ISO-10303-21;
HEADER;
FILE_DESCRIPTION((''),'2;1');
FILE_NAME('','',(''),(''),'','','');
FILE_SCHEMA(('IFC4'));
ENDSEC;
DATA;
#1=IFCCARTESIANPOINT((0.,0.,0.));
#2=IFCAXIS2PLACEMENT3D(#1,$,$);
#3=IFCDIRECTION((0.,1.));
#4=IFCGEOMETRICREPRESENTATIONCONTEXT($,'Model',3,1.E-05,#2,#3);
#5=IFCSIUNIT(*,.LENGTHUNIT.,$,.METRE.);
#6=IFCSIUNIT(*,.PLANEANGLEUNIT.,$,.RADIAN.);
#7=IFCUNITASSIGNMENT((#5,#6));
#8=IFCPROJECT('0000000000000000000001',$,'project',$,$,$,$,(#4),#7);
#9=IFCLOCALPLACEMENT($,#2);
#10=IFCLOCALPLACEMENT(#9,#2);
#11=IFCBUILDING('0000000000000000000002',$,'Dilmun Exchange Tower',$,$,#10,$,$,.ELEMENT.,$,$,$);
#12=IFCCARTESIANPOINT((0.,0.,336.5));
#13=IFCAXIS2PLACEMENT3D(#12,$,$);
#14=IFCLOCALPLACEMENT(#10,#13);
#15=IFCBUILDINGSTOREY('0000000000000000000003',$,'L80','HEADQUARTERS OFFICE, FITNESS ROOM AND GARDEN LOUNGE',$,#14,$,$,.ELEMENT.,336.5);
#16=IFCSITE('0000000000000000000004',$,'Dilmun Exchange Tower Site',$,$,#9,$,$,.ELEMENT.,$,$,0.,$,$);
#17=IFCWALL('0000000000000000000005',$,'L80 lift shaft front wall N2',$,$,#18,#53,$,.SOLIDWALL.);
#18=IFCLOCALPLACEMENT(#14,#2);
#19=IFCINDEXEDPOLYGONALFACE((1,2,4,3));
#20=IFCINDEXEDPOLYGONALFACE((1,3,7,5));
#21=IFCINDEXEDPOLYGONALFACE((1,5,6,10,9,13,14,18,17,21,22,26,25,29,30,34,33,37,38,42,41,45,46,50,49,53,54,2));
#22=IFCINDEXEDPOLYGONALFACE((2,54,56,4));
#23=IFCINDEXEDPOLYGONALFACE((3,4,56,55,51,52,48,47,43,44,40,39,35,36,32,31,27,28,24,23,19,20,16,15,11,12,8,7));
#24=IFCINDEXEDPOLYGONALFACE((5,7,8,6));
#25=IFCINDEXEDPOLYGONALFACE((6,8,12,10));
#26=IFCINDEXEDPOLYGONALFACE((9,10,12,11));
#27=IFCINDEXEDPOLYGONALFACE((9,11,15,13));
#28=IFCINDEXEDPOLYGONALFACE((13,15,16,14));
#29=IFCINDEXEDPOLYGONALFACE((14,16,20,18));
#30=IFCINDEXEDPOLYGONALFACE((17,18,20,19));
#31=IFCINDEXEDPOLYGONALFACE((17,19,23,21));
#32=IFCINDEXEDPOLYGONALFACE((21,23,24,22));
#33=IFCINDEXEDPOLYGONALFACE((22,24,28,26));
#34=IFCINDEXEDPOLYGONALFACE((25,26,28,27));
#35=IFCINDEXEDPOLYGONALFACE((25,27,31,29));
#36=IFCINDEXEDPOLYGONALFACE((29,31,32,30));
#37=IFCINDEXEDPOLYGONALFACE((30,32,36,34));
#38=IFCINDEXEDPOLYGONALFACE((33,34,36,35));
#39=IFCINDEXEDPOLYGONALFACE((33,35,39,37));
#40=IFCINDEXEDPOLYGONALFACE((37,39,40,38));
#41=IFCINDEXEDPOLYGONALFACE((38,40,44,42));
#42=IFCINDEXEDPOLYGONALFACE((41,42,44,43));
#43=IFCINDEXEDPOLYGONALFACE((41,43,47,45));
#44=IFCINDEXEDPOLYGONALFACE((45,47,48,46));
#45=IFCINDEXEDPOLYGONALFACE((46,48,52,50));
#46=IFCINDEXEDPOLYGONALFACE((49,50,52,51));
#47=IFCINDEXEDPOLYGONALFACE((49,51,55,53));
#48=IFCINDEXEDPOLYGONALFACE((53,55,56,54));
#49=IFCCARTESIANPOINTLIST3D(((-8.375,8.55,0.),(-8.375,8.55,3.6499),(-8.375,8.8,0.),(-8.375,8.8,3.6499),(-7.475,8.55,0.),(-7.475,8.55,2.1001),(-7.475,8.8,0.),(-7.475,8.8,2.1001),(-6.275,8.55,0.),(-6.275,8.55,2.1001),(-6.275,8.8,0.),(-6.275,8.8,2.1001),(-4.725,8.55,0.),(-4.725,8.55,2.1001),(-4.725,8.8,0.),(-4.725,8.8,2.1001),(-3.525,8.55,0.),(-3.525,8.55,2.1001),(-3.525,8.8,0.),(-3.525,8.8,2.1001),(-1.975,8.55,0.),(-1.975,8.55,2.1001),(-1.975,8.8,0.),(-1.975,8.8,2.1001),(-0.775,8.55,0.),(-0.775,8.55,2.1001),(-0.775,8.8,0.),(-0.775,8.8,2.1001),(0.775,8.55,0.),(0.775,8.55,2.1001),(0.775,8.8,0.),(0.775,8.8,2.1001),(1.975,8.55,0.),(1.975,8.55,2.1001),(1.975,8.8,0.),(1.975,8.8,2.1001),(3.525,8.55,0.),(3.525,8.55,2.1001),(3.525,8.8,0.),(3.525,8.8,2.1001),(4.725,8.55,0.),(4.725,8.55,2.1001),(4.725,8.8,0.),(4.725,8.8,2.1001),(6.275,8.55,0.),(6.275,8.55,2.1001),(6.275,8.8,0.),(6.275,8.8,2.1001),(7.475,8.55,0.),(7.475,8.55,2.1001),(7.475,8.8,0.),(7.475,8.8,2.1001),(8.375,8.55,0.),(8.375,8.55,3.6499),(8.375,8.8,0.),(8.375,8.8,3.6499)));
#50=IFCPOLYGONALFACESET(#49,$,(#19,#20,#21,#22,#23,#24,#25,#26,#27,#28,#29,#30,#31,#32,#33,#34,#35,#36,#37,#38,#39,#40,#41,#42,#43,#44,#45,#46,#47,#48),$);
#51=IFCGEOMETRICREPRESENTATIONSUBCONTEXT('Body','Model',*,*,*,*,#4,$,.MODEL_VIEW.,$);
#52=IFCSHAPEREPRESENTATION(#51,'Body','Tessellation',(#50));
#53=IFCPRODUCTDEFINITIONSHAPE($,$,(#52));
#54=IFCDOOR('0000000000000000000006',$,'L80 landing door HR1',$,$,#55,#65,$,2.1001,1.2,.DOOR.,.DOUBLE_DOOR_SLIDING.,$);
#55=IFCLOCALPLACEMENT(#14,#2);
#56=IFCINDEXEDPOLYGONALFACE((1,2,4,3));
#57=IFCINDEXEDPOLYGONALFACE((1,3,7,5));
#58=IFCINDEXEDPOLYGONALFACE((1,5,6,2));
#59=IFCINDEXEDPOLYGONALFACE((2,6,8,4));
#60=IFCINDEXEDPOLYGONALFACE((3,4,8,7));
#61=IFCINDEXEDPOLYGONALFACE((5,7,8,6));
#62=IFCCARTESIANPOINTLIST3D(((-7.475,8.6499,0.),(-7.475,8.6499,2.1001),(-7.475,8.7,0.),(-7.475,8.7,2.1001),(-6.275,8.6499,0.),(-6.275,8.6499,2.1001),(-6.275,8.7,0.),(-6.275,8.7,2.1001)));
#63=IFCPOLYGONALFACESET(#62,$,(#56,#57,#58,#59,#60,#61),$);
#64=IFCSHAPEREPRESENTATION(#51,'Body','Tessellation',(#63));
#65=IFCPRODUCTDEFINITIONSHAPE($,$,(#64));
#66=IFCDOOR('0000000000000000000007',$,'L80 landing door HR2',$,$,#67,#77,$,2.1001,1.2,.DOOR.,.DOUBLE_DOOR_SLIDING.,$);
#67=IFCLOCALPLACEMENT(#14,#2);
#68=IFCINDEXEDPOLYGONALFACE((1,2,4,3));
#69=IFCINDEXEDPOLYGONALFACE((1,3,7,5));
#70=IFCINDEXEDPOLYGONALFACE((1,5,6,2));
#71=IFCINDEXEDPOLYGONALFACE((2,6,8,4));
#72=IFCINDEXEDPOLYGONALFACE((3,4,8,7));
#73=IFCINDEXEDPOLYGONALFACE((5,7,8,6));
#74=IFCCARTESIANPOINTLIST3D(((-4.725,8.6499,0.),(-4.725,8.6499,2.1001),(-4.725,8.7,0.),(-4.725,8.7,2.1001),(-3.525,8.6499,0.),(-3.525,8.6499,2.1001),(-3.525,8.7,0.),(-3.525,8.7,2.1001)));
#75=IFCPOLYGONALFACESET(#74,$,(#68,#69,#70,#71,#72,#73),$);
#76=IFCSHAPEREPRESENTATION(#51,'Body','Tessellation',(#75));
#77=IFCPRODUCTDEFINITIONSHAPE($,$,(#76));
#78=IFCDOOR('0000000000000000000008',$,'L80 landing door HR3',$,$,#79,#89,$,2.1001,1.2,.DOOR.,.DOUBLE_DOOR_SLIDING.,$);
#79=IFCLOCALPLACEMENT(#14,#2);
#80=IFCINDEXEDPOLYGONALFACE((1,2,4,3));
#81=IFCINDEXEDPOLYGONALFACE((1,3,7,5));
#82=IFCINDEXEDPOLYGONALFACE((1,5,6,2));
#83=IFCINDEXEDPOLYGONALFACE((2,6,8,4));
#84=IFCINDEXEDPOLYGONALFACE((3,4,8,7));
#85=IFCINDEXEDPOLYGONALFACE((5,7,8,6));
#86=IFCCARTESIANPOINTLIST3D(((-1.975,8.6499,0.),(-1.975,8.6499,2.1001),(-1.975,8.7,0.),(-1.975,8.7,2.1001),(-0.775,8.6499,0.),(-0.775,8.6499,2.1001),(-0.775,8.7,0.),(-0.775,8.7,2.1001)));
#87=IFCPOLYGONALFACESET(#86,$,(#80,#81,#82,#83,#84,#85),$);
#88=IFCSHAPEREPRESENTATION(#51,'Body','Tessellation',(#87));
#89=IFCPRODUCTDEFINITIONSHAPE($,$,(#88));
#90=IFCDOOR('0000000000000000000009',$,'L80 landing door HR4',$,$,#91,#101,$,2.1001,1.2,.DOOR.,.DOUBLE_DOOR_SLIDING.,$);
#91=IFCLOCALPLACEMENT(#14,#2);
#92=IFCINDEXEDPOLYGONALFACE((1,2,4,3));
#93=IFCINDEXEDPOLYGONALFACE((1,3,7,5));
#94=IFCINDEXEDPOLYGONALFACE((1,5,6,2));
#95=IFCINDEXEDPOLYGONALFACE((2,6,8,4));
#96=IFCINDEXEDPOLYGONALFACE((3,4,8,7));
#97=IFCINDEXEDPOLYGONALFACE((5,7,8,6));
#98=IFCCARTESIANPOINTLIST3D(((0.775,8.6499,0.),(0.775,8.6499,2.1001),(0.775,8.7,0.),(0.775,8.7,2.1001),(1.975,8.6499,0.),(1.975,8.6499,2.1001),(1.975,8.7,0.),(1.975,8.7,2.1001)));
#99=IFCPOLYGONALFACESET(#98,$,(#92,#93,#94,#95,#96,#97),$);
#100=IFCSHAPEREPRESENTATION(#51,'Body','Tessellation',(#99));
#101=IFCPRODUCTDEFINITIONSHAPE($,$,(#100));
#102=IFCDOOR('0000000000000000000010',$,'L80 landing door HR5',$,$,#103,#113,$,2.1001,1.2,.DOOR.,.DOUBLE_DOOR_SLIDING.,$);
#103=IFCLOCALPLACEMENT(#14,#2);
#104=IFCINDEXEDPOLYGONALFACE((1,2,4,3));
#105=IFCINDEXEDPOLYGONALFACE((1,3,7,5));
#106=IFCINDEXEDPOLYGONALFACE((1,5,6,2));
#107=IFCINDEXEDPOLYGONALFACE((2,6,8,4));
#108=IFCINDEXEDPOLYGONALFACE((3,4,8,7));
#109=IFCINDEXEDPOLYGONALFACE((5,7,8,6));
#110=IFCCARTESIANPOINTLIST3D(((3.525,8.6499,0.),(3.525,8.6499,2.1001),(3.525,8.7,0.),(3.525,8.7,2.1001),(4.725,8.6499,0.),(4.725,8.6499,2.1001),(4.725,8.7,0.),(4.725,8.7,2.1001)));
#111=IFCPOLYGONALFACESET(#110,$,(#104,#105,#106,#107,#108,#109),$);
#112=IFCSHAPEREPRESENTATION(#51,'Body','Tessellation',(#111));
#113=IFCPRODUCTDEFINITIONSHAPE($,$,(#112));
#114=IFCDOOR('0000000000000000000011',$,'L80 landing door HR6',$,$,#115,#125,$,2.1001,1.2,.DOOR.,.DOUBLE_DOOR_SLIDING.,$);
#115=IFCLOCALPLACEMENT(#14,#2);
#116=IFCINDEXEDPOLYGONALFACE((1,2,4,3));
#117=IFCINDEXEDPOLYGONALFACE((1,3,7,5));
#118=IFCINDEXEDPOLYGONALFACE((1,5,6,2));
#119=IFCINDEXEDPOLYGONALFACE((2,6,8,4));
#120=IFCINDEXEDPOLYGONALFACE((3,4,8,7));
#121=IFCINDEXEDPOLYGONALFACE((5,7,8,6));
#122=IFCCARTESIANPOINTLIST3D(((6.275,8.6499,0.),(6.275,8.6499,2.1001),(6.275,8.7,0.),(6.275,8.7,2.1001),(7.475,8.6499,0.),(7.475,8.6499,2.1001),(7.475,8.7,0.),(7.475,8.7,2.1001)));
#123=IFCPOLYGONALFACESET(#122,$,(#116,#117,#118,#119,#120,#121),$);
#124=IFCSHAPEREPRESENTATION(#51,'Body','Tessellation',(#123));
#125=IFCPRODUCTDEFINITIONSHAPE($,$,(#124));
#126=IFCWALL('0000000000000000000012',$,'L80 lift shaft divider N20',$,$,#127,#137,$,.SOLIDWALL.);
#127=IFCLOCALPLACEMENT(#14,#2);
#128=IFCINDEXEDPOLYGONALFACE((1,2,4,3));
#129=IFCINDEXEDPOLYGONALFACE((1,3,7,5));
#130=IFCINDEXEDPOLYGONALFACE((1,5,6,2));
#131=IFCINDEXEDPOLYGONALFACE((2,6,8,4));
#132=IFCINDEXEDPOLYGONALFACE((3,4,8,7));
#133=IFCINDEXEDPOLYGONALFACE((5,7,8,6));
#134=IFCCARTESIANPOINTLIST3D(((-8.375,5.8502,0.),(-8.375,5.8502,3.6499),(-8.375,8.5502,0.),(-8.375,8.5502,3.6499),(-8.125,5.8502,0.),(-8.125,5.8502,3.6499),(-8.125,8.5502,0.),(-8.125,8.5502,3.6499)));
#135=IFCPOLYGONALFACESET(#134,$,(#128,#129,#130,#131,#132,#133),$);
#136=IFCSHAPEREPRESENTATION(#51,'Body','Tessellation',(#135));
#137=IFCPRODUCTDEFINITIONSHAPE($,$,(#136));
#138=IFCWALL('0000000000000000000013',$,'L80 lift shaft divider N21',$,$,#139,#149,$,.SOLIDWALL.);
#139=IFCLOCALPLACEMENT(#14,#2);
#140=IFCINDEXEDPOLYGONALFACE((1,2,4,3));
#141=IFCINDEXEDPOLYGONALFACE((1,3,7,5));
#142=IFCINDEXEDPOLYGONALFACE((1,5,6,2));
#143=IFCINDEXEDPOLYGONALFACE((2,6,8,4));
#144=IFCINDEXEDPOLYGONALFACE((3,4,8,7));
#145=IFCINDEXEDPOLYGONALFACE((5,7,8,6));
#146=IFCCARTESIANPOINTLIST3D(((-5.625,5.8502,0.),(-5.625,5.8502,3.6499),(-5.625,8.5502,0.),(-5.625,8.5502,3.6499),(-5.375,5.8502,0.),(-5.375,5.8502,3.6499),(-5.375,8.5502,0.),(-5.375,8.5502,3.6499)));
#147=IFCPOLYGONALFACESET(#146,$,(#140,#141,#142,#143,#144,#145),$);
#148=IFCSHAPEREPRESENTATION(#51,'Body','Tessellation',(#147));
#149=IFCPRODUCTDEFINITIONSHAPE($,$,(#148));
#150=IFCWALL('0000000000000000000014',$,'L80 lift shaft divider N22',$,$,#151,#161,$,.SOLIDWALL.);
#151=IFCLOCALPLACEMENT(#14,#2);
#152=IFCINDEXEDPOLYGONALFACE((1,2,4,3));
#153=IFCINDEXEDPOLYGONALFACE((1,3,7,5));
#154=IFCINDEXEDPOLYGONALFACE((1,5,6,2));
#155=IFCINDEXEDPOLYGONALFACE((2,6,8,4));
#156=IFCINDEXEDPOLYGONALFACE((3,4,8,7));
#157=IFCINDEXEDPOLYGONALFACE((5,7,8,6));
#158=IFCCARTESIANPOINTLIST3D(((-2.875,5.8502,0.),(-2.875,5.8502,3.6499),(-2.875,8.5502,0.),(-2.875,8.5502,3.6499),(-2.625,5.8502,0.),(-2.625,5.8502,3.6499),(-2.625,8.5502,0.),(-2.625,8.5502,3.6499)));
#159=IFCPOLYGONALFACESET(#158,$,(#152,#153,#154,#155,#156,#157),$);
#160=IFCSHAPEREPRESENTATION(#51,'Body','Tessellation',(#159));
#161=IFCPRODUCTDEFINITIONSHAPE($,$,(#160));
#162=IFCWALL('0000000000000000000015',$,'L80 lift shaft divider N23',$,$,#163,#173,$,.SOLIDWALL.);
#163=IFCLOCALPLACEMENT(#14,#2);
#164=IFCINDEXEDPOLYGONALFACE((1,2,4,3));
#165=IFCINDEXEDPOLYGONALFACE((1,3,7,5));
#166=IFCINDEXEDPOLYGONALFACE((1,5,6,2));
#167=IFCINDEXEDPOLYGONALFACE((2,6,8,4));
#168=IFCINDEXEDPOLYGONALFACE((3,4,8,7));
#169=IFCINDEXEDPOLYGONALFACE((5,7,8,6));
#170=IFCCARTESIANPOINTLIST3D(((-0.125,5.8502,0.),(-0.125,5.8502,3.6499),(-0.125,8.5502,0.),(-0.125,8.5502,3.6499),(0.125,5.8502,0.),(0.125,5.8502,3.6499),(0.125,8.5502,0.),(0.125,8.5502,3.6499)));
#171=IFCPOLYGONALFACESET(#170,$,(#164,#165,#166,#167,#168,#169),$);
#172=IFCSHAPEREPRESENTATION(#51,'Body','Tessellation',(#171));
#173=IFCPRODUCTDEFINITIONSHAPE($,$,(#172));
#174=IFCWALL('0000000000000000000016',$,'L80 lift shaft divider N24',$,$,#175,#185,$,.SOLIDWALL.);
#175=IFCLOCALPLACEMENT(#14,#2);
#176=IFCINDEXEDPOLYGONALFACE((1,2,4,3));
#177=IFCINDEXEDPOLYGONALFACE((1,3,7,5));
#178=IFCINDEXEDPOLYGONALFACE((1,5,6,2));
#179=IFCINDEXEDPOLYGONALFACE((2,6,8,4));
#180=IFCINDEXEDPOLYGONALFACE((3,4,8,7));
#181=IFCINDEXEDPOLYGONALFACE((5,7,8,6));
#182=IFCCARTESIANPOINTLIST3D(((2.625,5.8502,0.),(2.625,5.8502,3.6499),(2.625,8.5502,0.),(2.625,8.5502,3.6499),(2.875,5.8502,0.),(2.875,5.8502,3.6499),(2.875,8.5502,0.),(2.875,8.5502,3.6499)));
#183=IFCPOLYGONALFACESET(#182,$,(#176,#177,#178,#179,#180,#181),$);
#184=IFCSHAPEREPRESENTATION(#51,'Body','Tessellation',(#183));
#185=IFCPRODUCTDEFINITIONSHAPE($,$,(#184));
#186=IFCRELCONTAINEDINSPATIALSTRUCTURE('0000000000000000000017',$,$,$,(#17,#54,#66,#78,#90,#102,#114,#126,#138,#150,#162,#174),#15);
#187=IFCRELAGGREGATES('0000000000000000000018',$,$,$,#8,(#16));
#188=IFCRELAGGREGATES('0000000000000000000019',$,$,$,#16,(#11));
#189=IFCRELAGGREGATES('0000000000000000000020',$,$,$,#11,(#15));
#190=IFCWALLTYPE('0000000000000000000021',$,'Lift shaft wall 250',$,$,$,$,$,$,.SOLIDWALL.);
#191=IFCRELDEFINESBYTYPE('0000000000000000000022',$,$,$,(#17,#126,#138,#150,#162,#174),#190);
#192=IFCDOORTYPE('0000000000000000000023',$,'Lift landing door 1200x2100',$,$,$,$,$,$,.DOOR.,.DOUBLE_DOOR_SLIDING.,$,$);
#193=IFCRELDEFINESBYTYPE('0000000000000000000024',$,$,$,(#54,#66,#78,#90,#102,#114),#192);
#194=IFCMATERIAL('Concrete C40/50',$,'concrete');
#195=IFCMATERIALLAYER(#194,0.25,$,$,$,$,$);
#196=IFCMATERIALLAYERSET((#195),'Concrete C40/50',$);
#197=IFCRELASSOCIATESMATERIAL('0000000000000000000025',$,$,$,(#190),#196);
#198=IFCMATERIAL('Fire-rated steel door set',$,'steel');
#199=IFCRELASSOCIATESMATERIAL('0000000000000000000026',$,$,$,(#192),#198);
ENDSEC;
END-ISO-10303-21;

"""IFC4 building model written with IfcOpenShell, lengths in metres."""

from ifc_helpers import new_model, si_unit, direction, frame, frame_2d, origin, place, context, subcontext, project, spatial, rectangle, extrude, material, layer, layer_set, type_object, element, fill, save


model = new_model("IFC4")

# Units and contexts
model_context = context("Model", 3, precision=1e-05, world=origin(), true_north=direction((0.0, 1.0)))
body_context = subcontext(model_context, "Body", "Model", "MODEL_VIEW")
ifc_project = project(units=[si_unit("LENGTHUNIT", "METRE"), si_unit("PLANEANGLEUNIT", "RADIAN")], contexts=[model_context])

# Site, building, storey
site_placement = place(None, origin())
site = spatial("IfcSite", under=ifc_project, at=site_placement, Name="Dilmun Exchange Tower Site", CompositionType="ELEMENT", RefElevation=0.0)
building_placement = place(site_placement, origin())
building = spatial("IfcBuilding", under=site, at=building_placement, Name="Dilmun Exchange Tower", CompositionType="ELEMENT")
storey_placement = place(building_placement, frame((0.0, 0.0, 336.5)))
storey = spatial("IfcBuildingStorey", under=building, at=storey_placement, Name="L80", Description="HEADQUARTERS OFFICE, FITNESS ROOM AND GARDEN LOUNGE", CompositionType="ELEMENT", Elevation=336.5)

# Shared definitions
ifc_material_1 = material(Name="Concrete C40/50", Category="concrete")

# Shared definitions
ifc_material_2 = material(Name="Fire-rated steel door set", Category="steel")

# Wall, openings, doors
ifc_layer_1 = layer(ifc_material_1, 0.25)
ifc_layer_set_1 = layer_set([ifc_layer_1], Name="Concrete C40/50")
wall_type_1 = type_object("IfcWallType", Name="Lift shaft wall 250", PredefinedType="SOLIDWALL", material=ifc_layer_set_1)
wall_1_placement = place(storey_placement, frame((-8.375, 8.675, 0.0), z_axis=(0.0, 0.0, 1.0), x_axis=(1.0, 0.0, 0.0)))
wall_1 = element("IfcWall", 1, at=wall_1_placement, inside=storey, type_object=wall_type_1, Name="L80 lift shaft front wall N2", PredefinedType="SOLIDWALL", context=body_context, shape_type="SweptSolid", body=[
    extrude(rectangle(XDim=16.75, YDim=0.25, at=frame_2d((8.375, 0.0))), origin(), (0.0, 0.0, 1.0), 3.6499),
])
opening_1_placement = place(wall_1_placement, frame((0.8999, 0.0, 0.0)))
opening_1 = element("IfcOpeningElement", 2, at=opening_1_placement, cuts=wall_1, PredefinedType="OPENING", context=body_context, shape_type="SweptSolid", body=[
    extrude(rectangle(XDim=1.2, YDim=2.1001, at=frame_2d((0.6001, 1.05))), frame((0.0, 0.135, 0.0), z_axis=(0.0, -1.0, 0.0), x_axis=(1.0, 0.0, 0.0)), (0.0, 0.0, 1.0), 0.27),
])
opening_2_placement = place(wall_1_placement, frame((3.6499, 0.0, 0.0)))
opening_2 = element("IfcOpeningElement", 3, at=opening_2_placement, cuts=wall_1, PredefinedType="OPENING", context=body_context, shape_type="SweptSolid", body=[
    extrude(rectangle(XDim=1.2, YDim=2.1001, at=frame_2d((0.6001, 1.05))), frame((0.0, 0.135, 0.0), z_axis=(0.0, -1.0, 0.0), x_axis=(1.0, 0.0, 0.0)), (0.0, 0.0, 1.0), 0.27),
])
opening_3_placement = place(wall_1_placement, frame((6.3999, 0.0, 0.0)))
opening_3 = element("IfcOpeningElement", 4, at=opening_3_placement, cuts=wall_1, PredefinedType="OPENING", context=body_context, shape_type="SweptSolid", body=[
    extrude(rectangle(XDim=1.2, YDim=2.1001, at=frame_2d((0.6001, 1.05))), frame((0.0, 0.135, 0.0), z_axis=(0.0, -1.0, 0.0), x_axis=(1.0, 0.0, 0.0)), (0.0, 0.0, 1.0), 0.27),
])
opening_4_placement = place(wall_1_placement, frame((9.1499, 0.0, 0.0)))
opening_4 = element("IfcOpeningElement", 5, at=opening_4_placement, cuts=wall_1, PredefinedType="OPENING", context=body_context, shape_type="SweptSolid", body=[
    extrude(rectangle(XDim=1.2, YDim=2.1001, at=frame_2d((0.6001, 1.05))), frame((0.0, 0.135, 0.0), z_axis=(0.0, -1.0, 0.0), x_axis=(1.0, 0.0, 0.0)), (0.0, 0.0, 1.0), 0.27),
])
opening_5_placement = place(wall_1_placement, frame((11.8999, 0.0, 0.0)))
opening_5 = element("IfcOpeningElement", 6, at=opening_5_placement, cuts=wall_1, PredefinedType="OPENING", context=body_context, shape_type="SweptSolid", body=[
    extrude(rectangle(XDim=1.2, YDim=2.1001, at=frame_2d((0.6001, 1.05))), frame((0.0, 0.135, 0.0), z_axis=(0.0, -1.0, 0.0), x_axis=(1.0, 0.0, 0.0)), (0.0, 0.0, 1.0), 0.27),
])
opening_6_placement = place(wall_1_placement, frame((14.6499, 0.0, 0.0)))
opening_6 = element("IfcOpeningElement", 7, at=opening_6_placement, cuts=wall_1, PredefinedType="OPENING", context=body_context, shape_type="SweptSolid", body=[
    extrude(rectangle(XDim=1.2, YDim=2.1001, at=frame_2d((0.6001, 1.05))), frame((0.0, 0.135, 0.0), z_axis=(0.0, -1.0, 0.0), x_axis=(1.0, 0.0, 0.0)), (0.0, 0.0, 1.0), 0.27),
])
door_type_1 = type_object("IfcDoorType", Name="Lift landing door 1200x2100", OperationType="DOUBLE_DOOR_SLIDING", PredefinedType="DOOR", material=ifc_material_2)
door_1_placement = place(opening_1_placement, origin())
door_1 = element("IfcDoor", 8, at=door_1_placement, inside=storey, type_object=door_type_1, Name="L80 landing door HR1", OperationType="DOUBLE_DOOR_SLIDING", OverallHeight=2.1001, OverallWidth=1.2, PredefinedType="DOOR", context=body_context, shape_type="SweptSolid", body=[
    extrude(rectangle(XDim=1.2, YDim=2.1001, at=frame_2d((0.6001, 1.05))), frame((0.0, 0.0249, 0.0), z_axis=(0.0, -1.0, 0.0), x_axis=(1.0, 0.0, 0.0)), (0.0, 0.0, 1.0), 0.05),
])
fill(opening_1, door_1)
door_2_placement = place(opening_2_placement, origin())
door_2 = element("IfcDoor", 9, at=door_2_placement, inside=storey, type_object=door_type_1, Name="L80 landing door HR2", OperationType="DOUBLE_DOOR_SLIDING", OverallHeight=2.1001, OverallWidth=1.2, PredefinedType="DOOR", context=body_context, shape_type="SweptSolid", body=[
    extrude(rectangle(XDim=1.2, YDim=2.1001, at=frame_2d((0.6001, 1.05))), frame((0.0, 0.0249, 0.0), z_axis=(0.0, -1.0, 0.0), x_axis=(1.0, 0.0, 0.0)), (0.0, 0.0, 1.0), 0.05),
])
fill(opening_2, door_2)
door_3_placement = place(opening_3_placement, origin())
door_3 = element("IfcDoor", 10, at=door_3_placement, inside=storey, type_object=door_type_1, Name="L80 landing door HR3", OperationType="DOUBLE_DOOR_SLIDING", OverallHeight=2.1001, OverallWidth=1.2, PredefinedType="DOOR", context=body_context, shape_type="SweptSolid", body=[
    extrude(rectangle(XDim=1.2, YDim=2.1001, at=frame_2d((0.6001, 1.05))), frame((0.0, 0.0249, 0.0), z_axis=(0.0, -1.0, 0.0), x_axis=(1.0, 0.0, 0.0)), (0.0, 0.0, 1.0), 0.05),
])
fill(opening_3, door_3)
door_4_placement = place(opening_4_placement, origin())
door_4 = element("IfcDoor", 11, at=door_4_placement, inside=storey, type_object=door_type_1, Name="L80 landing door HR4", OperationType="DOUBLE_DOOR_SLIDING", OverallHeight=2.1001, OverallWidth=1.2, PredefinedType="DOOR", context=body_context, shape_type="SweptSolid", body=[
    extrude(rectangle(XDim=1.2, YDim=2.1001, at=frame_2d((0.6001, 1.05))), frame((0.0, 0.0249, 0.0), z_axis=(0.0, -1.0, 0.0), x_axis=(1.0, 0.0, 0.0)), (0.0, 0.0, 1.0), 0.05),
])
fill(opening_4, door_4)
door_5_placement = place(opening_5_placement, origin())
door_5 = element("IfcDoor", 12, at=door_5_placement, inside=storey, type_object=door_type_1, Name="L80 landing door HR5", OperationType="DOUBLE_DOOR_SLIDING", OverallHeight=2.1001, OverallWidth=1.2, PredefinedType="DOOR", context=body_context, shape_type="SweptSolid", body=[
    extrude(rectangle(XDim=1.2, YDim=2.1001, at=frame_2d((0.6001, 1.05))), frame((0.0, 0.0249, 0.0), z_axis=(0.0, -1.0, 0.0), x_axis=(1.0, 0.0, 0.0)), (0.0, 0.0, 1.0), 0.05),
])
fill(opening_5, door_5)
door_6_placement = place(opening_6_placement, origin())
door_6 = element("IfcDoor", 13, at=door_6_placement, inside=storey, type_object=door_type_1, Name="L80 landing door HR6", OperationType="DOUBLE_DOOR_SLIDING", OverallHeight=2.1001, OverallWidth=1.2, PredefinedType="DOOR", context=body_context, shape_type="SweptSolid", body=[
    extrude(rectangle(XDim=1.2, YDim=2.1001, at=frame_2d((0.6001, 1.05))), frame((0.0, 0.0249, 0.0), z_axis=(0.0, -1.0, 0.0), x_axis=(1.0, 0.0, 0.0)), (0.0, 0.0, 1.0), 0.05),
])
fill(opening_6, door_6)

# Walls
for number, where, z_axis, x_axis, name in (
    (14, (-8.25, 5.8501, 0.0), (0.0, 0.0, 1.0), (0.0, 1.0, 0.0), "L80 lift shaft divider N20"),
    (15, (-5.5, 5.8501, 0.0), (0.0, 0.0, 1.0), (0.0, 1.0, 0.0), "L80 lift shaft divider N21"),
    (16, (-2.75, 5.8501, 0.0), (0.0, 0.0, 1.0), (0.0, 1.0, 0.0), "L80 lift shaft divider N22"),
    (17, (0.0, 5.8501, 0.0), (0.0, 0.0, 1.0), (0.0, 1.0, 0.0), "L80 lift shaft divider N23"),
    (18, (2.75, 5.8501, 0.0), (0.0, 0.0, 1.0), (0.0, 1.0, 0.0), "L80 lift shaft divider N24"),
):
    element("IfcWall", number, at=place(storey_placement, frame(where, z_axis=z_axis, x_axis=x_axis)), inside=storey, type_object=wall_type_1, Name=name, PredefinedType="SOLIDWALL", context=body_context, shape_type="SweptSolid", body=[
        extrude(rectangle(XDim=2.7, YDim=0.25, at=frame_2d((1.3501, 0.0))), origin(), (0.0, 0.0, 1.0), 3.6499),
    ])

save(model, "model.ifc")
